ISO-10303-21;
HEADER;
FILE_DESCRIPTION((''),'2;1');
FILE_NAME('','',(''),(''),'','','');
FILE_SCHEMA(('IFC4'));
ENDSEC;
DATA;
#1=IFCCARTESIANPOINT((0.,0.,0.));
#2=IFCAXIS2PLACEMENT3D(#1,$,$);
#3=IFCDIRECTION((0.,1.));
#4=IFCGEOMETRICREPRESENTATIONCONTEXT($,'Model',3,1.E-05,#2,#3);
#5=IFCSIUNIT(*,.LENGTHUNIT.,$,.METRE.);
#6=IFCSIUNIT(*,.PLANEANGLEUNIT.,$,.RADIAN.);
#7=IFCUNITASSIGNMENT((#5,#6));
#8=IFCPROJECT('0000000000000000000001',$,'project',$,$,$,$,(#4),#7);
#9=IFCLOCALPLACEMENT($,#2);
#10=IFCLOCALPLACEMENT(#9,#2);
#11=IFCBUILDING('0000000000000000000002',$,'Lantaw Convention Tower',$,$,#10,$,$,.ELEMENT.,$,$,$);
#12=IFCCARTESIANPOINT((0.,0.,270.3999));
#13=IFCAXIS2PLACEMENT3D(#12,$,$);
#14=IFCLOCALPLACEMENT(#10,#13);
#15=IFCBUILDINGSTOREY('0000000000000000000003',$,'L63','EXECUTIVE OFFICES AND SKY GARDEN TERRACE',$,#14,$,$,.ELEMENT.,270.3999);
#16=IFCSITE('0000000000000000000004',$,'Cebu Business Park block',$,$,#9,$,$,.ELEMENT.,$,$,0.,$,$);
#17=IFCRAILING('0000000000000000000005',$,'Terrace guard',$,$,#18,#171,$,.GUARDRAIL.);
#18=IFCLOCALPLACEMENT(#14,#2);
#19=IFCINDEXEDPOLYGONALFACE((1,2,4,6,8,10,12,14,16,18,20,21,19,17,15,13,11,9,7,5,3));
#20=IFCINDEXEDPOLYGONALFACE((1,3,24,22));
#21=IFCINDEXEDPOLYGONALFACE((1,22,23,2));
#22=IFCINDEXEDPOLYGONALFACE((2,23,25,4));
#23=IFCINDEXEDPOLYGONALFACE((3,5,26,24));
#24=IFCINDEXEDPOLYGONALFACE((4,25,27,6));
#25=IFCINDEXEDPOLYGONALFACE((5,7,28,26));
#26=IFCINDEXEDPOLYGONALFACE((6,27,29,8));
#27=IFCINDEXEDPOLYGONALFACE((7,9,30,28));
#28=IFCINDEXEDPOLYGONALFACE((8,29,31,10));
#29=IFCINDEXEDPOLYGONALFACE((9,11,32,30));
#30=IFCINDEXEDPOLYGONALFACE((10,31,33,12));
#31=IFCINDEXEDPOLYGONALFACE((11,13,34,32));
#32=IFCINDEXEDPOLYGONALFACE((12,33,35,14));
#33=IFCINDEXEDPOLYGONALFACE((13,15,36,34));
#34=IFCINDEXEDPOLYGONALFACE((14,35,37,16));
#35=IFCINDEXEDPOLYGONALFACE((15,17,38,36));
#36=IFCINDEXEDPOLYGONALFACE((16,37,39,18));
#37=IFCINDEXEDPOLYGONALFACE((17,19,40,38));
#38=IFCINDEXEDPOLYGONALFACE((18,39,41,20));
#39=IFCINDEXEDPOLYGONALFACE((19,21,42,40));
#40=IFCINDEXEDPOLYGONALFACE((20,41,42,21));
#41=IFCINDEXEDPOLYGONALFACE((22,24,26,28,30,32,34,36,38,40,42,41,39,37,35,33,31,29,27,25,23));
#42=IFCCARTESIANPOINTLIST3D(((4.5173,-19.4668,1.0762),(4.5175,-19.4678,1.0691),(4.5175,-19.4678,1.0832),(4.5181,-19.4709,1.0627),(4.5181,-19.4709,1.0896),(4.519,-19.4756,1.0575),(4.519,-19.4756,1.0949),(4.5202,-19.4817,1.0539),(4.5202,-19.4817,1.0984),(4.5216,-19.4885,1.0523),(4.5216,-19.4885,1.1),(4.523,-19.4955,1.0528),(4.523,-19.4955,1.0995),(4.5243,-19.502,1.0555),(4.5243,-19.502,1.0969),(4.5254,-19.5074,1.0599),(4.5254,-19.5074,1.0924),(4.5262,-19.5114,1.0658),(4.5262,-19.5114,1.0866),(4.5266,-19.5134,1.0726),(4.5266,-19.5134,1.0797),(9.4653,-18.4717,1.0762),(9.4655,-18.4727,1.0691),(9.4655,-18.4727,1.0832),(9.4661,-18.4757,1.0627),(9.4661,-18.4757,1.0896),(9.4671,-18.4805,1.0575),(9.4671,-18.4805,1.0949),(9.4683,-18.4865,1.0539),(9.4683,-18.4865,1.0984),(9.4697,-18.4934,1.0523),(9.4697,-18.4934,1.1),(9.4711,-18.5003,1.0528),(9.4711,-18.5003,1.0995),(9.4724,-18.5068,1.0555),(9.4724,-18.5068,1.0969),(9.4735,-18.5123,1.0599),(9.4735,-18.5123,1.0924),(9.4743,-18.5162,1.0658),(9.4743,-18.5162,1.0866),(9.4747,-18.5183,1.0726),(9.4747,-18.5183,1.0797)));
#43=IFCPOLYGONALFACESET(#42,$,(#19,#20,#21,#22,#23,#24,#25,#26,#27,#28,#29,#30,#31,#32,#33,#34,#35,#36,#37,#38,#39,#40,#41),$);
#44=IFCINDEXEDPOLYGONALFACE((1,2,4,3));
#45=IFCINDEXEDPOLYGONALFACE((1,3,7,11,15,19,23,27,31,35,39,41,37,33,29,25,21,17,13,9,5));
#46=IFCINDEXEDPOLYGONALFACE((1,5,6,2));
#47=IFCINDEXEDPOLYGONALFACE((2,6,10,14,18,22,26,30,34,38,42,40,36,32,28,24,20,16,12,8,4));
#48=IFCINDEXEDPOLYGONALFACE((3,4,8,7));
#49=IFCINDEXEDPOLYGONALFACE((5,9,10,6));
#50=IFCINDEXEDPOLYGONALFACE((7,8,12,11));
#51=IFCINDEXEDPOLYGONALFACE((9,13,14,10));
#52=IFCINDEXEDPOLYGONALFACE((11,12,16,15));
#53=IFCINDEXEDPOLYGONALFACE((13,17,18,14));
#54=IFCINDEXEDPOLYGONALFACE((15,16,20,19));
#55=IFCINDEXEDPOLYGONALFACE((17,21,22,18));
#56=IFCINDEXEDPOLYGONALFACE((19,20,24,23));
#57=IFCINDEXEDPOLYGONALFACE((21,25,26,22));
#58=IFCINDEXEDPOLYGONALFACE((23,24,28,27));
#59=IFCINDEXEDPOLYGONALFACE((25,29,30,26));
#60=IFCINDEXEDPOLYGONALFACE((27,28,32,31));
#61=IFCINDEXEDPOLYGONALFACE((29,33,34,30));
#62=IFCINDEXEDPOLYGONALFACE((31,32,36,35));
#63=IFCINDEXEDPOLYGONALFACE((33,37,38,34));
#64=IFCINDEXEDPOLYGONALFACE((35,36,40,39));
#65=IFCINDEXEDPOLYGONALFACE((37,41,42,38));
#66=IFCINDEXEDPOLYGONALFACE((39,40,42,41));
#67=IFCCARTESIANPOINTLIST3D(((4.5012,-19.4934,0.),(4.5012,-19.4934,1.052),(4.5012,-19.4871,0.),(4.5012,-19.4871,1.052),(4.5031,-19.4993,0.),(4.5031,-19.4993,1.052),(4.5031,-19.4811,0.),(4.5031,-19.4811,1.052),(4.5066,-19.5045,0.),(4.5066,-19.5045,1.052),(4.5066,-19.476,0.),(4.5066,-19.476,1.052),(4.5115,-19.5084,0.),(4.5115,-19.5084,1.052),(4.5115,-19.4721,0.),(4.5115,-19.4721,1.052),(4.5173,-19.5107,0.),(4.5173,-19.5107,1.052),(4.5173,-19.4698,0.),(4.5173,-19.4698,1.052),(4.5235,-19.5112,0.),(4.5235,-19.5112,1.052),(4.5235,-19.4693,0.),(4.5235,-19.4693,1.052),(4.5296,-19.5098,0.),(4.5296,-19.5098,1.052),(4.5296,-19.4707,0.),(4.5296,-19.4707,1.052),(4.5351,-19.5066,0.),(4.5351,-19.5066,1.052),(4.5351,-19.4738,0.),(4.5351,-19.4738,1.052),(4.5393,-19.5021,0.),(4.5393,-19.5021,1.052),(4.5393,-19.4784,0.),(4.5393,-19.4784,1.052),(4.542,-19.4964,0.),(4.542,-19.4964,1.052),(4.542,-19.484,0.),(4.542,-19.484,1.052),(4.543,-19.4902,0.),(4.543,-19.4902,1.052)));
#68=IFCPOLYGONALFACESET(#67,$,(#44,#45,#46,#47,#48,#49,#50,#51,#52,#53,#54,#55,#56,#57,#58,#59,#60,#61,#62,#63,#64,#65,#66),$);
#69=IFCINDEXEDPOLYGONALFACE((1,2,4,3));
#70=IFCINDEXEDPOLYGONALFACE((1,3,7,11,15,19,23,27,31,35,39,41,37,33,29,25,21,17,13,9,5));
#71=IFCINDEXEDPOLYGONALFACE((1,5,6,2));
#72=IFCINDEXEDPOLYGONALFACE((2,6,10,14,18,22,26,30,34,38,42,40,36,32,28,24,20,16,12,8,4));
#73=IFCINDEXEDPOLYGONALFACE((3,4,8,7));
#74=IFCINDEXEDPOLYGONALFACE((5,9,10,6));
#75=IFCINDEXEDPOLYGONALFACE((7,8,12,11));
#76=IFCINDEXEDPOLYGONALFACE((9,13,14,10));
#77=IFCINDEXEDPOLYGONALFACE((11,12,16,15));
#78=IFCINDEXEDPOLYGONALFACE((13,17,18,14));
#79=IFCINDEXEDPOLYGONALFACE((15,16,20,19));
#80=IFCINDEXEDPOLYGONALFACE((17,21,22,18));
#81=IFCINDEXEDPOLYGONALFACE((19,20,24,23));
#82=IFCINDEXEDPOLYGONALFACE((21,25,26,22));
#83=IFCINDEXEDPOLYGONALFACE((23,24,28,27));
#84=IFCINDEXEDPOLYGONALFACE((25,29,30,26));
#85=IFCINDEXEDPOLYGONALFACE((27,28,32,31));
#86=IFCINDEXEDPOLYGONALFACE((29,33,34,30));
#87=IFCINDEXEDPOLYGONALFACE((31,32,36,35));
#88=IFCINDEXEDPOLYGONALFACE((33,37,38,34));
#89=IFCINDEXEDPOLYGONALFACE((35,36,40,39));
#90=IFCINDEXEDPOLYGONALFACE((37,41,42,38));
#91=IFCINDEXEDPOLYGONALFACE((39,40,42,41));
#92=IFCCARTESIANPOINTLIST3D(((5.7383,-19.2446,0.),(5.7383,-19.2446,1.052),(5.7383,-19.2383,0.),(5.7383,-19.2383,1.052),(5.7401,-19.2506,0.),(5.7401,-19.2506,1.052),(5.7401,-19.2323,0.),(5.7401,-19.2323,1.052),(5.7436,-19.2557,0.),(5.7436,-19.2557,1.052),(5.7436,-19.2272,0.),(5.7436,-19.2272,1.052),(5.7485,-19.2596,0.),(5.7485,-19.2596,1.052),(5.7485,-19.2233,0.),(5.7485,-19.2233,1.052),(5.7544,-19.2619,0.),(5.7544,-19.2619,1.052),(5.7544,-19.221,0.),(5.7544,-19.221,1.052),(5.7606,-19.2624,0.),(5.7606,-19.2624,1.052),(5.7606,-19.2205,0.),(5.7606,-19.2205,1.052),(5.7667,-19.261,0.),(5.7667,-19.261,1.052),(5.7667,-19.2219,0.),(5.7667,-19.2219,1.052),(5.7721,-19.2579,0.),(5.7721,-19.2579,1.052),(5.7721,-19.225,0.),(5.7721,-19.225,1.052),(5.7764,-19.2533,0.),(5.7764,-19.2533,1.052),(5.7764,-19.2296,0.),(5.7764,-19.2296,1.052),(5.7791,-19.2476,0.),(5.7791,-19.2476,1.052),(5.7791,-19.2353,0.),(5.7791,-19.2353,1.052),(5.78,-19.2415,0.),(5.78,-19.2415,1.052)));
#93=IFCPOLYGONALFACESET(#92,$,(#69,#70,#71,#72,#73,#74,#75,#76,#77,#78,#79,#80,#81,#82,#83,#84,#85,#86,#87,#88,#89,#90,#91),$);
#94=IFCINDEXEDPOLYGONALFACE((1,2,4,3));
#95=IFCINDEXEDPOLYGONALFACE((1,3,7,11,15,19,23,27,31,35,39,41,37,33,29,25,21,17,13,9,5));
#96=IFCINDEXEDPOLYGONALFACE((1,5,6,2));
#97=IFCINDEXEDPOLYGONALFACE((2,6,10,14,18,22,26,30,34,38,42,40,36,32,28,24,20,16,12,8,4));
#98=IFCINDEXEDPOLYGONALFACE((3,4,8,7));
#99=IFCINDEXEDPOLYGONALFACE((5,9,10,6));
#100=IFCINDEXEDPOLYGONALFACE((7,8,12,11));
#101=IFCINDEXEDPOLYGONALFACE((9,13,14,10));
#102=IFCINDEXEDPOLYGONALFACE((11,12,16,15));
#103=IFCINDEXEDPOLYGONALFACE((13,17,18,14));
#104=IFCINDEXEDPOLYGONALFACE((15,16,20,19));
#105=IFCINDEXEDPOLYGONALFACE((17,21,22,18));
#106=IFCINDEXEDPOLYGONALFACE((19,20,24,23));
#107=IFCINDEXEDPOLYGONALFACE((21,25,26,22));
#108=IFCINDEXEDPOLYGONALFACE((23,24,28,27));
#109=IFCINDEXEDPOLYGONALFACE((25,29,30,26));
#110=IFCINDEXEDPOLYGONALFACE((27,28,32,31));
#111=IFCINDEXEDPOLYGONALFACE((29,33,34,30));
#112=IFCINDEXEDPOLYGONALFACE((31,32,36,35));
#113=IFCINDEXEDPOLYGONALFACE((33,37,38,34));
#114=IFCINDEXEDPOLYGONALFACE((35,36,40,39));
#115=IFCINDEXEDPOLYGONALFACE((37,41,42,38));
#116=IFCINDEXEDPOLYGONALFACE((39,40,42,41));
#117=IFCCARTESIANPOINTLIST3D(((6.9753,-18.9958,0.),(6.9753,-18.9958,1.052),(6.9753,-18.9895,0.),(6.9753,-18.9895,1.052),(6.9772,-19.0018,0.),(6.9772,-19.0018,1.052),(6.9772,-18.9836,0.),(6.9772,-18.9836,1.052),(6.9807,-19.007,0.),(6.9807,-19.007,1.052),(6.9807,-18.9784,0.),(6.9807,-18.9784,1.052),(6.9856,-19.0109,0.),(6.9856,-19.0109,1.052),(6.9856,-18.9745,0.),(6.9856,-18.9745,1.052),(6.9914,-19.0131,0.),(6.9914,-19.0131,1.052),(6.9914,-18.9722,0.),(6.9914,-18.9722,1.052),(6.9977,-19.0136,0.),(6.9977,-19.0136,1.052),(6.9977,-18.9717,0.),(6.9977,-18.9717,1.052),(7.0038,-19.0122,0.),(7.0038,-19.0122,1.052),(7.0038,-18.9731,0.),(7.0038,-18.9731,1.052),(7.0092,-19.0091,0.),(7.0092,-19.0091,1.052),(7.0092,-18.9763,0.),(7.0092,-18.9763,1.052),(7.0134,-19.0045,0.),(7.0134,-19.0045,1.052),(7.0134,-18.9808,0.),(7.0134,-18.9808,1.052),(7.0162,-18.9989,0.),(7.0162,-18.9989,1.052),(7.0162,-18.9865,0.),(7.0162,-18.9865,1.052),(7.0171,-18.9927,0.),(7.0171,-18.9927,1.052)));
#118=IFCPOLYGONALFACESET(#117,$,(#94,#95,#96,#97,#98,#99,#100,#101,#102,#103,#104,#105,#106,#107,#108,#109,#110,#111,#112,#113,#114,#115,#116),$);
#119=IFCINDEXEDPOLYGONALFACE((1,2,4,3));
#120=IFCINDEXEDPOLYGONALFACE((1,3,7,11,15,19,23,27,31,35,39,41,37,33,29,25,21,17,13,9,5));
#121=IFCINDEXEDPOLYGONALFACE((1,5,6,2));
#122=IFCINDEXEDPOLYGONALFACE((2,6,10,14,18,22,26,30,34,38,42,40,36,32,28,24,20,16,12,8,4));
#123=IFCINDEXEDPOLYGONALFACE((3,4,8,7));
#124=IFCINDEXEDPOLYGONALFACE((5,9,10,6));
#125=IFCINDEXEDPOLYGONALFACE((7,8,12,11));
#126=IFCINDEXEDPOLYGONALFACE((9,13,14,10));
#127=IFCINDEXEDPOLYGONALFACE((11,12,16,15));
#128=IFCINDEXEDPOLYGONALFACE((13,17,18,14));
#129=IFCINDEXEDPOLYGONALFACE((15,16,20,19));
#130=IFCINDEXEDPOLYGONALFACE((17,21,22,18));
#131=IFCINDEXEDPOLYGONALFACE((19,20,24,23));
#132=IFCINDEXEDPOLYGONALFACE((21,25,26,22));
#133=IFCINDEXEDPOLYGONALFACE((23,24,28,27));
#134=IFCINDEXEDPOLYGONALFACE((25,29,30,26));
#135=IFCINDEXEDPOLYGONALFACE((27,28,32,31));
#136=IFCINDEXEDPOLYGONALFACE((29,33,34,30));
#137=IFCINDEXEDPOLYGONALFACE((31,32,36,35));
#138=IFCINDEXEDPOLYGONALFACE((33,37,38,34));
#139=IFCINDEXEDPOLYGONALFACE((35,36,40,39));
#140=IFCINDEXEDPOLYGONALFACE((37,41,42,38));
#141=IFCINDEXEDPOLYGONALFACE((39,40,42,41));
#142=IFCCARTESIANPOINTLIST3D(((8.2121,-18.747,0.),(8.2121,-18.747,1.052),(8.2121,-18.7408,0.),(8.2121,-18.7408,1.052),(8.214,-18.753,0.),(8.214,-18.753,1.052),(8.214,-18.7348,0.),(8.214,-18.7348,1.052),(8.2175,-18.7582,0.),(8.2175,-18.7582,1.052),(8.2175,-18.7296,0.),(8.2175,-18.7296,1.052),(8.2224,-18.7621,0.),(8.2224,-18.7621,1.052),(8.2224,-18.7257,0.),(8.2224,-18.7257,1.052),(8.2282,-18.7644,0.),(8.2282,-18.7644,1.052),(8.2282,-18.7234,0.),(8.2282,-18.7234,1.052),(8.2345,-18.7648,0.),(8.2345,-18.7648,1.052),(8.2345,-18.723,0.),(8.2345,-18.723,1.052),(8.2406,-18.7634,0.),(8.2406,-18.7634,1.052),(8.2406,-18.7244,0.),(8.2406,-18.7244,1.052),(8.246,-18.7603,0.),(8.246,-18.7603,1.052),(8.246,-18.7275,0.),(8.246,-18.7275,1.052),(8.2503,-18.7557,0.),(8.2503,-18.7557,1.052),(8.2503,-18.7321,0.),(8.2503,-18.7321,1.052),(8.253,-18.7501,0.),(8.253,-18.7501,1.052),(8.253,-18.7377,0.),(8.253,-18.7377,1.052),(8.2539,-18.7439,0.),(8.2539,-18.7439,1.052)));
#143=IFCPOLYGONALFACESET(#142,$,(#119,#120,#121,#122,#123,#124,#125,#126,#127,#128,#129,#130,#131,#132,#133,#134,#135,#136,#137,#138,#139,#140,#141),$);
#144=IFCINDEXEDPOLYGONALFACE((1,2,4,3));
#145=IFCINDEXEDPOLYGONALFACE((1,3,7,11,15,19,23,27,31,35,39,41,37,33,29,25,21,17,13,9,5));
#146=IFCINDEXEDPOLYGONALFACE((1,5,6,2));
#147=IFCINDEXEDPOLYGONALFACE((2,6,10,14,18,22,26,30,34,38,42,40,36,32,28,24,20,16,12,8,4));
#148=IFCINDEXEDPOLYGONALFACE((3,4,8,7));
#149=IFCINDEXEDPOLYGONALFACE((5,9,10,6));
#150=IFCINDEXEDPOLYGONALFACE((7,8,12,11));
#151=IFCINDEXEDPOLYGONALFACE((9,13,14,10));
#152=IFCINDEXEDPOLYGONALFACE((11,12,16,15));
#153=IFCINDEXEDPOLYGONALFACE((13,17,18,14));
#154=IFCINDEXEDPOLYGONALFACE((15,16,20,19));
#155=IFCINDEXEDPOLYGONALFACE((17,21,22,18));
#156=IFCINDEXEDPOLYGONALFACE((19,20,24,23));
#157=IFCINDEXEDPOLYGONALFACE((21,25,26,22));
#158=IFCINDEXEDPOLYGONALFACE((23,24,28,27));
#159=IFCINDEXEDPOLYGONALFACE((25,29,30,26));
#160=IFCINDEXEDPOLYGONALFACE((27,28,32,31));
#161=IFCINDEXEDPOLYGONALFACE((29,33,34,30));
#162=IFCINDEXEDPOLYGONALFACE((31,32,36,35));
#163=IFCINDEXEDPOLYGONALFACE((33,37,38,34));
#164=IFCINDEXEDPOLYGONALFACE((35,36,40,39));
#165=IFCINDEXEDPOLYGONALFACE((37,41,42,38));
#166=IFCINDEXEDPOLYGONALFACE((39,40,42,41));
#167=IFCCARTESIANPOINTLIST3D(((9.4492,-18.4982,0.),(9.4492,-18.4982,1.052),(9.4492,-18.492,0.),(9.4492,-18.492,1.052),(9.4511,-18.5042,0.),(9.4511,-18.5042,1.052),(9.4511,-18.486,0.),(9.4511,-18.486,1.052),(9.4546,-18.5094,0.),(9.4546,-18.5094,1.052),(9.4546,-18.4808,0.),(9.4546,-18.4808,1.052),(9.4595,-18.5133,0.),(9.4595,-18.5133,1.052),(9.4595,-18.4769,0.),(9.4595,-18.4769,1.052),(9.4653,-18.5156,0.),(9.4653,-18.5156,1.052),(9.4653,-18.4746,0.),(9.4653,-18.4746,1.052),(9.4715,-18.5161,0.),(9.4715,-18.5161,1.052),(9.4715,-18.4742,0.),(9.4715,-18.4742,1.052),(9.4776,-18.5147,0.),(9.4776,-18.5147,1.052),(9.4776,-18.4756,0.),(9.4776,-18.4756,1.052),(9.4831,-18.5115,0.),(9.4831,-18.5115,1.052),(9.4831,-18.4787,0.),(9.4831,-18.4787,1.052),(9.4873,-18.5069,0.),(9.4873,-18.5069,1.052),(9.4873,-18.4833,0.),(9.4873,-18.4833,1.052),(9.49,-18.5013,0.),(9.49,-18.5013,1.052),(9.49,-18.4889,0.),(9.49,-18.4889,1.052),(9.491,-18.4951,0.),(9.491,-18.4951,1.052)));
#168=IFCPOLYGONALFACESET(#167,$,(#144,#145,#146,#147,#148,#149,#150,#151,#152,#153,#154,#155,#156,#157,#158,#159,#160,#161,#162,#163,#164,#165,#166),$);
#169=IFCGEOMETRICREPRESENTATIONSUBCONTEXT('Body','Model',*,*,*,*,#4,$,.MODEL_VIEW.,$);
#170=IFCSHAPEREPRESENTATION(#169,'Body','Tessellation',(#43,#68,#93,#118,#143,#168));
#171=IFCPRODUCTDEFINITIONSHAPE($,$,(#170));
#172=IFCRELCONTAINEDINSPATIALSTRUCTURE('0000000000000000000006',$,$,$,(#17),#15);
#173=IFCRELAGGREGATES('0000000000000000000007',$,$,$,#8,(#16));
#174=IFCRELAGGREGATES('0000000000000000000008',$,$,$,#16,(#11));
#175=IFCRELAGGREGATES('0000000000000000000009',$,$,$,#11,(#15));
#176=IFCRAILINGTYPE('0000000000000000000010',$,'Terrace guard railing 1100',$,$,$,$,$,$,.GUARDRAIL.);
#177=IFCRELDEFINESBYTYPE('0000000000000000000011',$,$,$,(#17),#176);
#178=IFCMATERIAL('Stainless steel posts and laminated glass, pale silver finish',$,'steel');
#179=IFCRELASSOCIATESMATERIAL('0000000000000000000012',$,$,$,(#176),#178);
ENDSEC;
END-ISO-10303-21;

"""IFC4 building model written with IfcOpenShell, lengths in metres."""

from ifc_helpers import new_model, si_unit, direction, frame, origin, origin_2d, place, context, subcontext, project, spatial, circle, extrude, material, type_object, element, save


model = new_model("IFC4")

# Units and contexts
model_context = context("Model", 3, precision=1e-05, world=origin(), true_north=direction((0.0, 1.0)))
body_context = subcontext(model_context, "Body", "Model", "MODEL_VIEW")
ifc_project = project(units=[si_unit("LENGTHUNIT", "METRE"), si_unit("PLANEANGLEUNIT", "RADIAN")], contexts=[model_context])

# Site, building, storey
site_placement = place(None, origin())
site = spatial("IfcSite", under=ifc_project, at=site_placement, Name="Cebu Business Park block", CompositionType="ELEMENT", RefElevation=0.0)
building_placement = place(site_placement, origin())
building = spatial("IfcBuilding", under=site, at=building_placement, Name="Lantaw Convention Tower", CompositionType="ELEMENT")
storey_placement = place(building_placement, frame((0.0, 0.0, 270.3999)))
storey = spatial("IfcBuildingStorey", under=building, at=storey_placement, Name="L63", Description="EXECUTIVE OFFICES AND SKY GARDEN TERRACE", CompositionType="ELEMENT", Elevation=270.3999)

# Railing
ifc_material_1 = material(Name="Stainless steel posts and laminated glass, pale silver finish", Category="steel")
railing_type = type_object("IfcRailingType", Name="Terrace guard railing 1100", PredefinedType="GUARDRAIL", material=ifc_material_1)
railing_1_placement = place(storey_placement, frame((4.522, -19.4902, 0.0)))
element("IfcRailing", 1, at=railing_1_placement, inside=storey, type_object=railing_type, Name="Terrace guard", PredefinedType="GUARDRAIL", context=body_context, shape_type="SweptSolid", body=[
    extrude(circle(Radius=0.0239, at=origin_2d()), frame((0.0, 0.0, 1.0762), z_axis=(0.98037, 0.197167, 0.0), x_axis=(-0.197167, 0.98037, 0.0)), (0.0, 0.0, 1.0), 5.0471),
    extrude(circle(Radius=0.021, at=origin_2d()), origin(), (0.0, 0.0, 1.0), 1.052),
    extrude(circle(Radius=0.021, at=origin_2d()), frame((1.2371, 0.2488, 0.0)), (0.0, 0.0, 1.0), 1.052),
    extrude(circle(Radius=0.021, at=origin_2d()), frame((2.4741, 0.4976, 0.0)), (0.0, 0.0, 1.0), 1.052),
    extrude(circle(Radius=0.021, at=origin_2d()), frame((3.7109, 0.7463, 0.0)), (0.0, 0.0, 1.0), 1.052),
    extrude(circle(Radius=0.021, at=origin_2d()), frame((4.948, 0.9951, 0.0)), (0.0, 0.0, 1.0), 1.052),
])

save(model, "model.ifc")
